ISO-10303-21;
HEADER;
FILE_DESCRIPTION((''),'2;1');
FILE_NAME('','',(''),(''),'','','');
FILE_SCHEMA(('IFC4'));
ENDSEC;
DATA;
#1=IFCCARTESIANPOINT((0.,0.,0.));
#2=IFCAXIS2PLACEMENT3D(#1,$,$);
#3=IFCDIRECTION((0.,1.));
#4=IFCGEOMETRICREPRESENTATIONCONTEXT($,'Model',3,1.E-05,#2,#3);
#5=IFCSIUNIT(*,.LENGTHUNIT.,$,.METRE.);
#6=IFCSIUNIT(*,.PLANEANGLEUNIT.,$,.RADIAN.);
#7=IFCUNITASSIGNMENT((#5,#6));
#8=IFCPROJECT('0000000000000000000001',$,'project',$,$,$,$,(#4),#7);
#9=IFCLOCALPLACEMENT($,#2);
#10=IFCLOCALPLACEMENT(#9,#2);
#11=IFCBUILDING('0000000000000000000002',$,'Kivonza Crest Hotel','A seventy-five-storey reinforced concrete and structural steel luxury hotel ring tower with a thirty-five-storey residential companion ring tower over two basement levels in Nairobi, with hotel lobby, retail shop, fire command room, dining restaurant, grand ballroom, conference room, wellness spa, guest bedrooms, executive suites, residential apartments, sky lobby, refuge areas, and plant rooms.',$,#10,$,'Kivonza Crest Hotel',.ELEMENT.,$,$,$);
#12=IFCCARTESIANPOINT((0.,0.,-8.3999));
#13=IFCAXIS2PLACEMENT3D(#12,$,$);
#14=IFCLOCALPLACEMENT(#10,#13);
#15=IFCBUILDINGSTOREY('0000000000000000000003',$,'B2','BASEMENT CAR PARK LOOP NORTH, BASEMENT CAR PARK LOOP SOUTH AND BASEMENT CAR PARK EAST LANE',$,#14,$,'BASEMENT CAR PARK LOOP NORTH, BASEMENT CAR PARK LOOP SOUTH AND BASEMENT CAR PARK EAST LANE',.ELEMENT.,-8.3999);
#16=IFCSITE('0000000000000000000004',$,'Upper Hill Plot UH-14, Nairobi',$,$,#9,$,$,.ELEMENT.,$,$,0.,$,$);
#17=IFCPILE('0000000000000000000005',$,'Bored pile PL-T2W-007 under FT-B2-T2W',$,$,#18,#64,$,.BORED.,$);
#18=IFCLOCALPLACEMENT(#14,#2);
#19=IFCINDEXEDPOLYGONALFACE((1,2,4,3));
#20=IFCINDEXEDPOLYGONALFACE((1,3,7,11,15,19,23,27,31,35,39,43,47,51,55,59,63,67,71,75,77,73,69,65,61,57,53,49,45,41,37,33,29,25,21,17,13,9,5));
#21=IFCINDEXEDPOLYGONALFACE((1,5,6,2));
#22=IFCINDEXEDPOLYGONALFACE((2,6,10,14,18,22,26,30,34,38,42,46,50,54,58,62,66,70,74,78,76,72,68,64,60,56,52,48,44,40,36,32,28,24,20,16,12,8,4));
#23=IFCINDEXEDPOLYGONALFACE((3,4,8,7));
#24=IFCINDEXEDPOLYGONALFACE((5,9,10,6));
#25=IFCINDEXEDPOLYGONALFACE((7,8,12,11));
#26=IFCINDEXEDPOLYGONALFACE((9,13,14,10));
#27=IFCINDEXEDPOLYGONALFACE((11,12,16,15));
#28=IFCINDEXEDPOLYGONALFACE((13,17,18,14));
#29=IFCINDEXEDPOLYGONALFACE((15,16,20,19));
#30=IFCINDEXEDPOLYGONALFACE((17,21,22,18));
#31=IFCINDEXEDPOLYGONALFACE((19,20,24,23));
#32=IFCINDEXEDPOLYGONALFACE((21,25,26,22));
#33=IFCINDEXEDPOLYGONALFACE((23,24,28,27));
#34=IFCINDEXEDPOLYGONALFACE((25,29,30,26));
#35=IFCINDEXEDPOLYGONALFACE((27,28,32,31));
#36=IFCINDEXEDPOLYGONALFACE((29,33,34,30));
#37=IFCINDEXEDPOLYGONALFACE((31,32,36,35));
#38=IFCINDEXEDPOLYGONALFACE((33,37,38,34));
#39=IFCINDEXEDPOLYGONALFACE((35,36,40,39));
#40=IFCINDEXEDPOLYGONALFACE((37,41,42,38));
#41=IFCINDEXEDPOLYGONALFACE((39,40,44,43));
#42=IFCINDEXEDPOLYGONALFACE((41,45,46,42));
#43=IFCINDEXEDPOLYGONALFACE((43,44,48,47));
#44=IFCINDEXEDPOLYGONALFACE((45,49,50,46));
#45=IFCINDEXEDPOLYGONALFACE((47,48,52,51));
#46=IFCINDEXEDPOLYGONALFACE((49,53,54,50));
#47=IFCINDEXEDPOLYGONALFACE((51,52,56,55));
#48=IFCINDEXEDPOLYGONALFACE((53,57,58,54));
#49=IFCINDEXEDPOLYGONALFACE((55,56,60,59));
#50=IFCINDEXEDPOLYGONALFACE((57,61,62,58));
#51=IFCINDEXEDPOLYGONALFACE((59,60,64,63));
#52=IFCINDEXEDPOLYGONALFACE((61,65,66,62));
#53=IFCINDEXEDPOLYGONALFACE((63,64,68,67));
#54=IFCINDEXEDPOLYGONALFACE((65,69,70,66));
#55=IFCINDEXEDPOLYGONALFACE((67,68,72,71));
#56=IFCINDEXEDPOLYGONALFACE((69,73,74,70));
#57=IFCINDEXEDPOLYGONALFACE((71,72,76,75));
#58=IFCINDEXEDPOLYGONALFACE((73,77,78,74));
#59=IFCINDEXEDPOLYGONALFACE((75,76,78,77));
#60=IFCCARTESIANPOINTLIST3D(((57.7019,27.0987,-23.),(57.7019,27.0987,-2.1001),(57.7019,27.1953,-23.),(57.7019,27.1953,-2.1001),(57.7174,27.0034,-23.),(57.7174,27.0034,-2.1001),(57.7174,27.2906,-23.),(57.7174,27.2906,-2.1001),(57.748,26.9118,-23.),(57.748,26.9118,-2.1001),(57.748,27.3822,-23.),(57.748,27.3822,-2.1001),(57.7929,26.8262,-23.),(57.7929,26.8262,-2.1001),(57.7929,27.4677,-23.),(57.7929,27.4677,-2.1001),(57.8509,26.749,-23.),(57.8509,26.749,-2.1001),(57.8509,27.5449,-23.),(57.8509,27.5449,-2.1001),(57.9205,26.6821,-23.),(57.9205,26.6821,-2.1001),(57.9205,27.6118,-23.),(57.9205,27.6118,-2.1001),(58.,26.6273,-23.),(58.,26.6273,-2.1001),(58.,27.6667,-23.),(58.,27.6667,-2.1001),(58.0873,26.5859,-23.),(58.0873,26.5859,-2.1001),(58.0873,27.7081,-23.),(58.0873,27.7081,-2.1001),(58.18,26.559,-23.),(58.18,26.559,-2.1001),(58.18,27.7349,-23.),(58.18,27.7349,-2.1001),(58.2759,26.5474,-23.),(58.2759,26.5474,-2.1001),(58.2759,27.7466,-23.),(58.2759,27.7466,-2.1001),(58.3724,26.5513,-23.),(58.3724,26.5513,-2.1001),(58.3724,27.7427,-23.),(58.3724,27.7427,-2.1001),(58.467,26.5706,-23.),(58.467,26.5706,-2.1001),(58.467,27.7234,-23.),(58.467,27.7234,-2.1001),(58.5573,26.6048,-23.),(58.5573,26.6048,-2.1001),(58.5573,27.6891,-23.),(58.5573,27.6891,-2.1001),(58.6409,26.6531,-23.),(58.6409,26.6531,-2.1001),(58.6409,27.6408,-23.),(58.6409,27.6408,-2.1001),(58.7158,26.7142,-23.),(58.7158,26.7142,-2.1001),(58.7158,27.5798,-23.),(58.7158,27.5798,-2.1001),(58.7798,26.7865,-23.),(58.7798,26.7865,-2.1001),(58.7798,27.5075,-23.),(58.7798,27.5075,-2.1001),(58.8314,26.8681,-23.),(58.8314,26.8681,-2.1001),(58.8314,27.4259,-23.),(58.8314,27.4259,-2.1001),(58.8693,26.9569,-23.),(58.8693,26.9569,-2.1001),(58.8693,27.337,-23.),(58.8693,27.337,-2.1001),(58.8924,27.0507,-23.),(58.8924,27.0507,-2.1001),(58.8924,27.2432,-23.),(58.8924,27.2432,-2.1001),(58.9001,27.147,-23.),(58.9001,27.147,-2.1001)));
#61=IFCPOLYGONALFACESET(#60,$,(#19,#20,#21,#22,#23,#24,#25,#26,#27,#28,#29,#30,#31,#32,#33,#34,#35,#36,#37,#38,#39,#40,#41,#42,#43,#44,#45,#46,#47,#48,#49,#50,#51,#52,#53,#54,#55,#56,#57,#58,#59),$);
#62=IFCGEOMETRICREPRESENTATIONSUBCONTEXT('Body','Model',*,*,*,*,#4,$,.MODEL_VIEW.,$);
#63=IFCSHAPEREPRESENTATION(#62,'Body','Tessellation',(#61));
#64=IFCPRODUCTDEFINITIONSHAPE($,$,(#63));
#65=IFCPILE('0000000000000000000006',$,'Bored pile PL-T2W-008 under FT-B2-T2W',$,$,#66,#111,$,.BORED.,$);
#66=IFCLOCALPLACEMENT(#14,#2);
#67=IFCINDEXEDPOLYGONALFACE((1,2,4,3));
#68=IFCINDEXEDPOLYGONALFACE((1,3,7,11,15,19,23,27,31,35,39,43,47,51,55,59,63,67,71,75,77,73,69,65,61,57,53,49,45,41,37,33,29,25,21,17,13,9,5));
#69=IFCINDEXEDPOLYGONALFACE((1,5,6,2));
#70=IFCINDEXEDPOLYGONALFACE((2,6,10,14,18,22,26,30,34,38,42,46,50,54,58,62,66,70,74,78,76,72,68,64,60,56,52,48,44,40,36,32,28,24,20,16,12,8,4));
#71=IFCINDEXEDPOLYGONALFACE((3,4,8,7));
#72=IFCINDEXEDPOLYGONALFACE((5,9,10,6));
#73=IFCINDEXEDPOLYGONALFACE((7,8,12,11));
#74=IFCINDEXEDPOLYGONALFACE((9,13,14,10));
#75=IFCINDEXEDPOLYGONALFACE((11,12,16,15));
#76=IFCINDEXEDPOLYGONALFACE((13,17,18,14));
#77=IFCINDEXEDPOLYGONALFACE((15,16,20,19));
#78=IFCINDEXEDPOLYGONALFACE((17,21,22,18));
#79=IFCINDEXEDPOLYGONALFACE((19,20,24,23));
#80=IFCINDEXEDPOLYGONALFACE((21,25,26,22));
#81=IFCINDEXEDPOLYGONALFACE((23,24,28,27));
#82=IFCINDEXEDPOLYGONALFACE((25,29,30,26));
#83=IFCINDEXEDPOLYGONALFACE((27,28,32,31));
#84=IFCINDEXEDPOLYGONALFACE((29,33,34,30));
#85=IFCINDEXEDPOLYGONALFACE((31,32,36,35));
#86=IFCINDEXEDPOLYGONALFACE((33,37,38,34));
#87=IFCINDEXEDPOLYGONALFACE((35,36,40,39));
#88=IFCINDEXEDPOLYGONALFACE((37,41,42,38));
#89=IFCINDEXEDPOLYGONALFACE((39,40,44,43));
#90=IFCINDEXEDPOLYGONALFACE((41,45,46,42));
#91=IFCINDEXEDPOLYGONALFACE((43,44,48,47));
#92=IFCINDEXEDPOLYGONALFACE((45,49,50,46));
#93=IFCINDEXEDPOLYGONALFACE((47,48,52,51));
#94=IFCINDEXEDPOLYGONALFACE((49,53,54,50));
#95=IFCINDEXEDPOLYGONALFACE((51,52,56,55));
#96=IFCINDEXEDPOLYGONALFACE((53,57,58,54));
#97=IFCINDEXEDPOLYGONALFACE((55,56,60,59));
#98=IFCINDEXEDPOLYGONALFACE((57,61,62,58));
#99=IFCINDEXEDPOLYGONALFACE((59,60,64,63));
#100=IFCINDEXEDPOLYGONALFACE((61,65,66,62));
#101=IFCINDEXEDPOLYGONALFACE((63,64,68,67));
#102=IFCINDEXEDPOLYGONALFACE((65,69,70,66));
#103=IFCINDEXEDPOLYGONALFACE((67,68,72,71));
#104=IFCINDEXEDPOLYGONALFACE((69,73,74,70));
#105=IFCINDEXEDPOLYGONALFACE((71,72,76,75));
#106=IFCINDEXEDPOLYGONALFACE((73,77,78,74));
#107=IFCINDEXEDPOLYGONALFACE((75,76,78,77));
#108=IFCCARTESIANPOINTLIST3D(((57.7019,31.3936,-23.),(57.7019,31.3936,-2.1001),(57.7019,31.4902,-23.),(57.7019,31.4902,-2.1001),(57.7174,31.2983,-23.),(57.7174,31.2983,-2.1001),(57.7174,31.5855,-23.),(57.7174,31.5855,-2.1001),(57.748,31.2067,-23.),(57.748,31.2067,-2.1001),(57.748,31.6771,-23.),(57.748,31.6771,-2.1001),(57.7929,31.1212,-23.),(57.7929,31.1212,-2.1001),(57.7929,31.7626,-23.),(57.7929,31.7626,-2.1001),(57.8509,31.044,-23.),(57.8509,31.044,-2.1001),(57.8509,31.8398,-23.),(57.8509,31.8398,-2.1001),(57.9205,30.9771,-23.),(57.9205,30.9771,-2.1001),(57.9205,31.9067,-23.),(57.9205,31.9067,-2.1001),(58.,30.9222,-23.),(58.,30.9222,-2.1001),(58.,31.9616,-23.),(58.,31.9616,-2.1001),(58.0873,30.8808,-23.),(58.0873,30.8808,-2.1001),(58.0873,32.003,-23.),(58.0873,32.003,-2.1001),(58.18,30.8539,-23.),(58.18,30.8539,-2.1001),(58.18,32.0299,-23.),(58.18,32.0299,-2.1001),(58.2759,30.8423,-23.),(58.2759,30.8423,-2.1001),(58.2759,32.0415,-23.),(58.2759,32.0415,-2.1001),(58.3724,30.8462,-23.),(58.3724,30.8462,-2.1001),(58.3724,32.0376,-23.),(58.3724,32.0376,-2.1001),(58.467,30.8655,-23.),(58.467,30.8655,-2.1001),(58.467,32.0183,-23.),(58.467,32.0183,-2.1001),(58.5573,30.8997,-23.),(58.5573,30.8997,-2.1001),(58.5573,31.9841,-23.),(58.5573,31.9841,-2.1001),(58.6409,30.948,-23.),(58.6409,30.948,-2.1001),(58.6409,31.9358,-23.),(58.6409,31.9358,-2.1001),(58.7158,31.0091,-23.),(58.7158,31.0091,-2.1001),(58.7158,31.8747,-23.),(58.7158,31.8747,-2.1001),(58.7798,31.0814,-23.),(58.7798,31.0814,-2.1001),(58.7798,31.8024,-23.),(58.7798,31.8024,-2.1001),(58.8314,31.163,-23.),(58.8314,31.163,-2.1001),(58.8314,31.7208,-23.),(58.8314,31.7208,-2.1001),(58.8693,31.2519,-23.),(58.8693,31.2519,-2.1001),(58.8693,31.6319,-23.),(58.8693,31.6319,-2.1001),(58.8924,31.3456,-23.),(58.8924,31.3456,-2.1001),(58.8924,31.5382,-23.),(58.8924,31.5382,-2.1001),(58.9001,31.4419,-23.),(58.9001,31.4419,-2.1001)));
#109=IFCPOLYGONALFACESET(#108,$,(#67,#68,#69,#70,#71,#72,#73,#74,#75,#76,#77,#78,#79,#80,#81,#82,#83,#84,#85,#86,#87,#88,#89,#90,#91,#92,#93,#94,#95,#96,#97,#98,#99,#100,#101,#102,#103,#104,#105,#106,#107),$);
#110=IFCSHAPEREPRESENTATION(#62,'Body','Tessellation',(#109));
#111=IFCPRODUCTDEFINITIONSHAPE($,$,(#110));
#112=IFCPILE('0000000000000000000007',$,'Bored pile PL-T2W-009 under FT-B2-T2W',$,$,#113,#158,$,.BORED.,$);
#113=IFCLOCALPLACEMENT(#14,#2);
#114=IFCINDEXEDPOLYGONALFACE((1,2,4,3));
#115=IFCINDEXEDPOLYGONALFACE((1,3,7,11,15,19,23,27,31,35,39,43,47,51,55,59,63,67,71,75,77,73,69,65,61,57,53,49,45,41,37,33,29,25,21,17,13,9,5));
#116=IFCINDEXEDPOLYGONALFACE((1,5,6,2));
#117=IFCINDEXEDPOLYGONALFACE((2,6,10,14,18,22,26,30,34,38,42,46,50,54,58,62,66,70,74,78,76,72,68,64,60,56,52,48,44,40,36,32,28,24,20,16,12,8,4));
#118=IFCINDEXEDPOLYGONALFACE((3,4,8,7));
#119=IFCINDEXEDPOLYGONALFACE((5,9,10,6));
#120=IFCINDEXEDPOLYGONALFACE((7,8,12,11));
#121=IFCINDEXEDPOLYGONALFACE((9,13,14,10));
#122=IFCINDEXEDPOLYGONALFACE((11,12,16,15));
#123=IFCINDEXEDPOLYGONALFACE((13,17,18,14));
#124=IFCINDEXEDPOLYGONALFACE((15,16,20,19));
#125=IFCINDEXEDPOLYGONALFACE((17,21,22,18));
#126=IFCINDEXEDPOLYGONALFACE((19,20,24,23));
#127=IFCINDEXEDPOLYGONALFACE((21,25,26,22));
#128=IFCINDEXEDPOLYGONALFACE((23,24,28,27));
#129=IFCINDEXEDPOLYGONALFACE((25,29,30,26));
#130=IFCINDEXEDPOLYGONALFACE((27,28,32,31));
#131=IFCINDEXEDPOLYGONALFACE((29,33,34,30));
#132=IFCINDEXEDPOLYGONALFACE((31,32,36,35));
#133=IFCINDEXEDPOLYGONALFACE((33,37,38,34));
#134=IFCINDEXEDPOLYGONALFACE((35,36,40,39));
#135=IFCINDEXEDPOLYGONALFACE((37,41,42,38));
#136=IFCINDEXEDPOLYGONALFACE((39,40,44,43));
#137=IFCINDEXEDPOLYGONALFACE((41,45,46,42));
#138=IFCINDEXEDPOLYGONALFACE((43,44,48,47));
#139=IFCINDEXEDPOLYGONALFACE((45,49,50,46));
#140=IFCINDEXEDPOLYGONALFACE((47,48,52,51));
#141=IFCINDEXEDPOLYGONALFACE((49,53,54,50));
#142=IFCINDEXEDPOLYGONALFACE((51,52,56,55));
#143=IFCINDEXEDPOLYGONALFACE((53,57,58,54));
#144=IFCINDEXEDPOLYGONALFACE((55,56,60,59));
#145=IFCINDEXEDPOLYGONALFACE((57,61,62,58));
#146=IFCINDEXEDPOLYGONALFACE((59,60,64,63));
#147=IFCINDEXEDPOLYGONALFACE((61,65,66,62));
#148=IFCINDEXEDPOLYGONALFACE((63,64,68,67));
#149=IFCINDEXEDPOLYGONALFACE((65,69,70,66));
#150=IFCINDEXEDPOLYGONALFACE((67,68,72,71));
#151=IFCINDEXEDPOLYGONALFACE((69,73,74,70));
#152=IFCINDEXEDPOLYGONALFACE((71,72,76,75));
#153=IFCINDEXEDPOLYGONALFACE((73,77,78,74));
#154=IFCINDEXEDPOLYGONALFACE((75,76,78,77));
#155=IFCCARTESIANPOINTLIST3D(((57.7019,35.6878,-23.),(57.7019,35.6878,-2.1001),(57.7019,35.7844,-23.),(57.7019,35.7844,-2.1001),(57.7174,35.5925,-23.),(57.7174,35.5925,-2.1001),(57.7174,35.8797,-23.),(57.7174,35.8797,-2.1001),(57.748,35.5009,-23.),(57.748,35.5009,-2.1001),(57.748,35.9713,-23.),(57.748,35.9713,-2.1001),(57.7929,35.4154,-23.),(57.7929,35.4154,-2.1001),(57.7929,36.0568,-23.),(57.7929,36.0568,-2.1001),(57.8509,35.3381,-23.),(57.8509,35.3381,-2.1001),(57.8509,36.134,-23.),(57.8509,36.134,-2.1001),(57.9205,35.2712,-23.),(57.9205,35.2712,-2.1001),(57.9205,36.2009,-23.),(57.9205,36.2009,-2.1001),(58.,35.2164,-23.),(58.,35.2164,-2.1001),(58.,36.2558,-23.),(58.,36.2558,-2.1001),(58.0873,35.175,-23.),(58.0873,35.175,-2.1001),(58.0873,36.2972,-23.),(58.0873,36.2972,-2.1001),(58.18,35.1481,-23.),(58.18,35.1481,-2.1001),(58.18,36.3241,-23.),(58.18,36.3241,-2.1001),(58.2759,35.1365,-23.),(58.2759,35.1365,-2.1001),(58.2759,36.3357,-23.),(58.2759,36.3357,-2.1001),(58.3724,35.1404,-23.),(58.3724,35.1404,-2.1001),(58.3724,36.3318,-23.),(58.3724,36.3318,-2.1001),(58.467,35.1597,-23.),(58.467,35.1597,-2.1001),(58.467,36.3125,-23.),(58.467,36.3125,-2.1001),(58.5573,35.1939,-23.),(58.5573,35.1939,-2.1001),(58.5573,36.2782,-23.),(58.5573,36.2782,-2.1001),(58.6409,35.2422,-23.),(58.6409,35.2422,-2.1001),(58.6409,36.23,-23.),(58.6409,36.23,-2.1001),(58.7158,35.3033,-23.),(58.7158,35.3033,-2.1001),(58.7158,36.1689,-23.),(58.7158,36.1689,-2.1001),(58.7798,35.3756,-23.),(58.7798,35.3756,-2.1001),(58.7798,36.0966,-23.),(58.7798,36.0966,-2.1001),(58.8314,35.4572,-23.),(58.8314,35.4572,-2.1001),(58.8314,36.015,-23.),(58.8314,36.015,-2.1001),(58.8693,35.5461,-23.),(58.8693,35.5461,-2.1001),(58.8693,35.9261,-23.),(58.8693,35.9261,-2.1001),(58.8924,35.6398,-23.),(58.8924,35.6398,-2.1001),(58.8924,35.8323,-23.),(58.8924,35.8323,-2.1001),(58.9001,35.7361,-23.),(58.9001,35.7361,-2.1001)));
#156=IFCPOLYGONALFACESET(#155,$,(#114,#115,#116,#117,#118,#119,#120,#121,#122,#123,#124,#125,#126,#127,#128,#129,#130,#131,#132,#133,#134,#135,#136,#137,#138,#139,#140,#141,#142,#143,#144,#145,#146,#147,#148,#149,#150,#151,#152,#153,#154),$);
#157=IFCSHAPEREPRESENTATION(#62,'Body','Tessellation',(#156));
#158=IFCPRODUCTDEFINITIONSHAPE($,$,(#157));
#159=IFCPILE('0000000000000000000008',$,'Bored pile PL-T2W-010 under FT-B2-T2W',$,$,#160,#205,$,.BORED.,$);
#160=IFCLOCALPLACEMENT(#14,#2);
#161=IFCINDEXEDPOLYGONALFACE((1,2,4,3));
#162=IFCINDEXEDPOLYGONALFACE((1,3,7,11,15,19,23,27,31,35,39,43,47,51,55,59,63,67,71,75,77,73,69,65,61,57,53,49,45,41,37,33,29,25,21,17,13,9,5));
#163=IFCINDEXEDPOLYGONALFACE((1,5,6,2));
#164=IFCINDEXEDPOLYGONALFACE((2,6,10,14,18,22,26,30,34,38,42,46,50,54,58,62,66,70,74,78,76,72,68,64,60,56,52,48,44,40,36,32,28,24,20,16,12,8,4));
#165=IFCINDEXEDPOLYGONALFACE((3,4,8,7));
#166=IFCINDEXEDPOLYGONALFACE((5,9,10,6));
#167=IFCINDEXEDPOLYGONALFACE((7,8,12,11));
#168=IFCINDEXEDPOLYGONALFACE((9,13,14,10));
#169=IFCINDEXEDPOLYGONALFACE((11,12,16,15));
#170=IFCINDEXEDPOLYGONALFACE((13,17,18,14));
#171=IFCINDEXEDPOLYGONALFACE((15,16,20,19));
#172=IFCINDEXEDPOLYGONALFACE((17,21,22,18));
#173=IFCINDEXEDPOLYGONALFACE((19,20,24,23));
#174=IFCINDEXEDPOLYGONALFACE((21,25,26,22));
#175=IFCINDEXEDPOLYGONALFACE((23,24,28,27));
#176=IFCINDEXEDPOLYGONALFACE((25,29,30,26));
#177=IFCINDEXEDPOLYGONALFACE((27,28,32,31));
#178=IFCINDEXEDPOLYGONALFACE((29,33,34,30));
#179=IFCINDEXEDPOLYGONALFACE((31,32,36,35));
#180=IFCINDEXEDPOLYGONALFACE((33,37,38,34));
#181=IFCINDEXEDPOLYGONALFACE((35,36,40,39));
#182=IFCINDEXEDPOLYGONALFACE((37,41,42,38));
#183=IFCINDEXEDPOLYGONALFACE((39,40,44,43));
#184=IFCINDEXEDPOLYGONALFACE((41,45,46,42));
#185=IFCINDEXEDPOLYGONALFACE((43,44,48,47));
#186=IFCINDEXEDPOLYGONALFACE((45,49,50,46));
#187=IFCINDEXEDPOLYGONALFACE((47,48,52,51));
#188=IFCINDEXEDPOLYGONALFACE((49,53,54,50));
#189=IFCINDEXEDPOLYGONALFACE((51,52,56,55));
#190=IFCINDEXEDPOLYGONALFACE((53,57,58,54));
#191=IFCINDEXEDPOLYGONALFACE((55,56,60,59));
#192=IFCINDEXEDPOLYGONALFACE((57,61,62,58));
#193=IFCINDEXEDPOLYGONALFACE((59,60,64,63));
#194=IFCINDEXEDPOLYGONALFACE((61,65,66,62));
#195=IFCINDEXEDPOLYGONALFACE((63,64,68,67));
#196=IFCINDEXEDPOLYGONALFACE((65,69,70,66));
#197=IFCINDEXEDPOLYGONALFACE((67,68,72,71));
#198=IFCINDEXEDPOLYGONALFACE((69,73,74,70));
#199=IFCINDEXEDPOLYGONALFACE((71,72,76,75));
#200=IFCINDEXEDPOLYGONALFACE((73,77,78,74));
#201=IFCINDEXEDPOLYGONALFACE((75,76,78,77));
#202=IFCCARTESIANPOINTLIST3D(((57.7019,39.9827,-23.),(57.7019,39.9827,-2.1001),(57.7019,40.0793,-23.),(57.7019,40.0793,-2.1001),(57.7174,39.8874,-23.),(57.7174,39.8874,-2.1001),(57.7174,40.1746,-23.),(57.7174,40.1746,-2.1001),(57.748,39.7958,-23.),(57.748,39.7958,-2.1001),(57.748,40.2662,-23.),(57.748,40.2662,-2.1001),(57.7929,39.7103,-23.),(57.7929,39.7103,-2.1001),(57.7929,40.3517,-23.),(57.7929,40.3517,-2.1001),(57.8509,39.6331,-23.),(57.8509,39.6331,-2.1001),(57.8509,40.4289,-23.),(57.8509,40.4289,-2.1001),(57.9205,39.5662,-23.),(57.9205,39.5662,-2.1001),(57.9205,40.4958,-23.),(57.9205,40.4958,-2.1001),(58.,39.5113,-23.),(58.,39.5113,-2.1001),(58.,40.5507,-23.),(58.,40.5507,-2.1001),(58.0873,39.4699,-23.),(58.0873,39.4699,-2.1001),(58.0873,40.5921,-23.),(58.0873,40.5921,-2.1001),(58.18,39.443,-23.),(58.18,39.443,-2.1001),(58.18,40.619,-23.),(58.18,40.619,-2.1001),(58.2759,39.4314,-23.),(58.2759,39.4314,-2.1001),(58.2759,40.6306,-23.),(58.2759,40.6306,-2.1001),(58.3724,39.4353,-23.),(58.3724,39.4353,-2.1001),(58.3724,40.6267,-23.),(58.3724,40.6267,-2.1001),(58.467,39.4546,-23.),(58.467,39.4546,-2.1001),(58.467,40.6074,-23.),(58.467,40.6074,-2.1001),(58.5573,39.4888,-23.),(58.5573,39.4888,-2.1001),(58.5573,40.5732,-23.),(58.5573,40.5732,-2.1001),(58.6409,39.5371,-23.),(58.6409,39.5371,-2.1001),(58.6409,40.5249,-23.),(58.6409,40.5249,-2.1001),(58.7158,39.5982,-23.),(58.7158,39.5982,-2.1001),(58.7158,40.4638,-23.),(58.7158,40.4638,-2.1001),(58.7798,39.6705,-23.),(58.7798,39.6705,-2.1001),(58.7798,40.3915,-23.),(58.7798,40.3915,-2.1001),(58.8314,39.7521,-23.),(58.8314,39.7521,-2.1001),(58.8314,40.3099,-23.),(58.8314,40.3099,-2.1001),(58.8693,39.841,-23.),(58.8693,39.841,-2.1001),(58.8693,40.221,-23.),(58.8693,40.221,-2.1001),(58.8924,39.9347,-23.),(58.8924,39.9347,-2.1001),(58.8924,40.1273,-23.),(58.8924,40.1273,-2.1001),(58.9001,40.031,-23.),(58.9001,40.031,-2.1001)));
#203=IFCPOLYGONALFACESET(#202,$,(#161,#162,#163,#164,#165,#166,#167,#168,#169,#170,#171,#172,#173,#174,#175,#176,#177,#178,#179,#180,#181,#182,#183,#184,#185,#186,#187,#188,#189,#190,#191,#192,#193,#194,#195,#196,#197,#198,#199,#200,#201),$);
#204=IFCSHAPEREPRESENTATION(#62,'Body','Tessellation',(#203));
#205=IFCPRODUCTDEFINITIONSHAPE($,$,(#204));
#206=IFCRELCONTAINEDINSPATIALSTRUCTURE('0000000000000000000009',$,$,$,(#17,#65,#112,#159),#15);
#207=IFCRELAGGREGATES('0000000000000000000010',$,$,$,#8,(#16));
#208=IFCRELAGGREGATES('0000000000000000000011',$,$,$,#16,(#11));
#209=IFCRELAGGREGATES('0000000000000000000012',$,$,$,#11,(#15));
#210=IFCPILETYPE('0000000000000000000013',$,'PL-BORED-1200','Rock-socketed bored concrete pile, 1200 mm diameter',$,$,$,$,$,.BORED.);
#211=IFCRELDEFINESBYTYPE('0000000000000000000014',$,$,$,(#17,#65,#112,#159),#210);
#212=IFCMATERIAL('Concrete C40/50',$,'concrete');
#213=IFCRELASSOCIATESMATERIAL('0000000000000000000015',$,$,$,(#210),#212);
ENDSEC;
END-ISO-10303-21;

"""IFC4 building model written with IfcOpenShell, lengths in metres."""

from ifc_helpers import new_model, si_unit, direction, frame, origin, origin_2d, place, context, subcontext, project, spatial, circle, extrude, material, material_profile, profile_set, type_object, element, save


model = new_model("IFC4")

# Units and contexts
model_context = context("Model", 3, precision=1e-05, world=origin(), true_north=direction((0.0, 1.0)))
body_context = subcontext(model_context, "Body", "Model", "MODEL_VIEW")
ifc_project = project(units=[si_unit("LENGTHUNIT", "METRE"), si_unit("PLANEANGLEUNIT", "RADIAN")], contexts=[model_context])

# Site, building, storey
site_placement = place(None, origin())
site = spatial("IfcSite", under=ifc_project, at=site_placement, Name="Upper Hill Plot UH-14, Nairobi", CompositionType="ELEMENT", RefElevation=0.0)
building_placement = place(site_placement, origin())
building = spatial("IfcBuilding", under=site, at=building_placement, Name="Kivonza Crest Hotel", Description="A seventy-five-storey reinforced concrete and structural steel luxury hotel ring tower with a thirty-five-storey residential companion ring tower over two basement levels in Nairobi, with hotel lobby, retail shop, fire command room, dining restaurant, grand ballroom, conference room, wellness spa, guest bedrooms, executive suites, residential apartments, sky lobby, refuge areas, and plant rooms.", LongName="Kivonza Crest Hotel", CompositionType="ELEMENT")
storey_placement = place(building_placement, frame((0.0, 0.0, -8.3999)))
storey = spatial("IfcBuildingStorey", under=building, at=storey_placement, Name="B2", Description="BASEMENT CAR PARK LOOP NORTH, BASEMENT CAR PARK LOOP SOUTH AND BASEMENT CAR PARK EAST LANE", LongName="BASEMENT CAR PARK LOOP NORTH, BASEMENT CAR PARK LOOP SOUTH AND BASEMENT CAR PARK EAST LANE", CompositionType="ELEMENT", Elevation=-8.3999)

# Piles
ifc_material_1 = material(Name="Concrete C40/50", Category="concrete")
ifc_material_profile_1 = material_profile(ifc_material_1, circle(Radius=0.6001, at=origin_2d()), Name="PILE D1200")
ifc_profile_set_1 = profile_set([ifc_material_profile_1], Name="Concrete C40/50")
pile_type = type_object("IfcPileType", Name="PL-BORED-1200", Description="Rock-socketed bored concrete pile, 1200 mm diameter", PredefinedType="BORED", material=ifc_profile_set_1)
for number, where, z_axis, x_axis, name in (
    (1, (58.3, 27.147, -2.1001), (0.0, 0.0, -1.0), (1.0, 0.0, 0.0), "Bored pile PL-T2W-007 under FT-B2-T2W"),
    (2, (58.3, 31.4419, -2.1001), (0.0, 0.0, -1.0), (1.0, 0.0, 0.0), "Bored pile PL-T2W-008 under FT-B2-T2W"),
    (3, (58.3, 35.7361, -2.1001), (0.0, 0.0, -1.0), (1.0, 0.0, 0.0), "Bored pile PL-T2W-009 under FT-B2-T2W"),
    (4, (58.3, 40.031, -2.1001), (0.0, 0.0, -1.0), (1.0, 0.0, 0.0), "Bored pile PL-T2W-010 under FT-B2-T2W"),
):
    element("IfcPile", number, at=place(storey_placement, frame(where, z_axis=z_axis, x_axis=x_axis)), inside=storey, type_object=pile_type, Name=name, PredefinedType="BORED", context=body_context, shape_type="SweptSolid", body=[
        extrude(circle(Radius=0.6001, at=origin_2d()), origin(), (0.0, 0.0, 1.0), 20.8999),
    ])

save(model, "model.ifc")
